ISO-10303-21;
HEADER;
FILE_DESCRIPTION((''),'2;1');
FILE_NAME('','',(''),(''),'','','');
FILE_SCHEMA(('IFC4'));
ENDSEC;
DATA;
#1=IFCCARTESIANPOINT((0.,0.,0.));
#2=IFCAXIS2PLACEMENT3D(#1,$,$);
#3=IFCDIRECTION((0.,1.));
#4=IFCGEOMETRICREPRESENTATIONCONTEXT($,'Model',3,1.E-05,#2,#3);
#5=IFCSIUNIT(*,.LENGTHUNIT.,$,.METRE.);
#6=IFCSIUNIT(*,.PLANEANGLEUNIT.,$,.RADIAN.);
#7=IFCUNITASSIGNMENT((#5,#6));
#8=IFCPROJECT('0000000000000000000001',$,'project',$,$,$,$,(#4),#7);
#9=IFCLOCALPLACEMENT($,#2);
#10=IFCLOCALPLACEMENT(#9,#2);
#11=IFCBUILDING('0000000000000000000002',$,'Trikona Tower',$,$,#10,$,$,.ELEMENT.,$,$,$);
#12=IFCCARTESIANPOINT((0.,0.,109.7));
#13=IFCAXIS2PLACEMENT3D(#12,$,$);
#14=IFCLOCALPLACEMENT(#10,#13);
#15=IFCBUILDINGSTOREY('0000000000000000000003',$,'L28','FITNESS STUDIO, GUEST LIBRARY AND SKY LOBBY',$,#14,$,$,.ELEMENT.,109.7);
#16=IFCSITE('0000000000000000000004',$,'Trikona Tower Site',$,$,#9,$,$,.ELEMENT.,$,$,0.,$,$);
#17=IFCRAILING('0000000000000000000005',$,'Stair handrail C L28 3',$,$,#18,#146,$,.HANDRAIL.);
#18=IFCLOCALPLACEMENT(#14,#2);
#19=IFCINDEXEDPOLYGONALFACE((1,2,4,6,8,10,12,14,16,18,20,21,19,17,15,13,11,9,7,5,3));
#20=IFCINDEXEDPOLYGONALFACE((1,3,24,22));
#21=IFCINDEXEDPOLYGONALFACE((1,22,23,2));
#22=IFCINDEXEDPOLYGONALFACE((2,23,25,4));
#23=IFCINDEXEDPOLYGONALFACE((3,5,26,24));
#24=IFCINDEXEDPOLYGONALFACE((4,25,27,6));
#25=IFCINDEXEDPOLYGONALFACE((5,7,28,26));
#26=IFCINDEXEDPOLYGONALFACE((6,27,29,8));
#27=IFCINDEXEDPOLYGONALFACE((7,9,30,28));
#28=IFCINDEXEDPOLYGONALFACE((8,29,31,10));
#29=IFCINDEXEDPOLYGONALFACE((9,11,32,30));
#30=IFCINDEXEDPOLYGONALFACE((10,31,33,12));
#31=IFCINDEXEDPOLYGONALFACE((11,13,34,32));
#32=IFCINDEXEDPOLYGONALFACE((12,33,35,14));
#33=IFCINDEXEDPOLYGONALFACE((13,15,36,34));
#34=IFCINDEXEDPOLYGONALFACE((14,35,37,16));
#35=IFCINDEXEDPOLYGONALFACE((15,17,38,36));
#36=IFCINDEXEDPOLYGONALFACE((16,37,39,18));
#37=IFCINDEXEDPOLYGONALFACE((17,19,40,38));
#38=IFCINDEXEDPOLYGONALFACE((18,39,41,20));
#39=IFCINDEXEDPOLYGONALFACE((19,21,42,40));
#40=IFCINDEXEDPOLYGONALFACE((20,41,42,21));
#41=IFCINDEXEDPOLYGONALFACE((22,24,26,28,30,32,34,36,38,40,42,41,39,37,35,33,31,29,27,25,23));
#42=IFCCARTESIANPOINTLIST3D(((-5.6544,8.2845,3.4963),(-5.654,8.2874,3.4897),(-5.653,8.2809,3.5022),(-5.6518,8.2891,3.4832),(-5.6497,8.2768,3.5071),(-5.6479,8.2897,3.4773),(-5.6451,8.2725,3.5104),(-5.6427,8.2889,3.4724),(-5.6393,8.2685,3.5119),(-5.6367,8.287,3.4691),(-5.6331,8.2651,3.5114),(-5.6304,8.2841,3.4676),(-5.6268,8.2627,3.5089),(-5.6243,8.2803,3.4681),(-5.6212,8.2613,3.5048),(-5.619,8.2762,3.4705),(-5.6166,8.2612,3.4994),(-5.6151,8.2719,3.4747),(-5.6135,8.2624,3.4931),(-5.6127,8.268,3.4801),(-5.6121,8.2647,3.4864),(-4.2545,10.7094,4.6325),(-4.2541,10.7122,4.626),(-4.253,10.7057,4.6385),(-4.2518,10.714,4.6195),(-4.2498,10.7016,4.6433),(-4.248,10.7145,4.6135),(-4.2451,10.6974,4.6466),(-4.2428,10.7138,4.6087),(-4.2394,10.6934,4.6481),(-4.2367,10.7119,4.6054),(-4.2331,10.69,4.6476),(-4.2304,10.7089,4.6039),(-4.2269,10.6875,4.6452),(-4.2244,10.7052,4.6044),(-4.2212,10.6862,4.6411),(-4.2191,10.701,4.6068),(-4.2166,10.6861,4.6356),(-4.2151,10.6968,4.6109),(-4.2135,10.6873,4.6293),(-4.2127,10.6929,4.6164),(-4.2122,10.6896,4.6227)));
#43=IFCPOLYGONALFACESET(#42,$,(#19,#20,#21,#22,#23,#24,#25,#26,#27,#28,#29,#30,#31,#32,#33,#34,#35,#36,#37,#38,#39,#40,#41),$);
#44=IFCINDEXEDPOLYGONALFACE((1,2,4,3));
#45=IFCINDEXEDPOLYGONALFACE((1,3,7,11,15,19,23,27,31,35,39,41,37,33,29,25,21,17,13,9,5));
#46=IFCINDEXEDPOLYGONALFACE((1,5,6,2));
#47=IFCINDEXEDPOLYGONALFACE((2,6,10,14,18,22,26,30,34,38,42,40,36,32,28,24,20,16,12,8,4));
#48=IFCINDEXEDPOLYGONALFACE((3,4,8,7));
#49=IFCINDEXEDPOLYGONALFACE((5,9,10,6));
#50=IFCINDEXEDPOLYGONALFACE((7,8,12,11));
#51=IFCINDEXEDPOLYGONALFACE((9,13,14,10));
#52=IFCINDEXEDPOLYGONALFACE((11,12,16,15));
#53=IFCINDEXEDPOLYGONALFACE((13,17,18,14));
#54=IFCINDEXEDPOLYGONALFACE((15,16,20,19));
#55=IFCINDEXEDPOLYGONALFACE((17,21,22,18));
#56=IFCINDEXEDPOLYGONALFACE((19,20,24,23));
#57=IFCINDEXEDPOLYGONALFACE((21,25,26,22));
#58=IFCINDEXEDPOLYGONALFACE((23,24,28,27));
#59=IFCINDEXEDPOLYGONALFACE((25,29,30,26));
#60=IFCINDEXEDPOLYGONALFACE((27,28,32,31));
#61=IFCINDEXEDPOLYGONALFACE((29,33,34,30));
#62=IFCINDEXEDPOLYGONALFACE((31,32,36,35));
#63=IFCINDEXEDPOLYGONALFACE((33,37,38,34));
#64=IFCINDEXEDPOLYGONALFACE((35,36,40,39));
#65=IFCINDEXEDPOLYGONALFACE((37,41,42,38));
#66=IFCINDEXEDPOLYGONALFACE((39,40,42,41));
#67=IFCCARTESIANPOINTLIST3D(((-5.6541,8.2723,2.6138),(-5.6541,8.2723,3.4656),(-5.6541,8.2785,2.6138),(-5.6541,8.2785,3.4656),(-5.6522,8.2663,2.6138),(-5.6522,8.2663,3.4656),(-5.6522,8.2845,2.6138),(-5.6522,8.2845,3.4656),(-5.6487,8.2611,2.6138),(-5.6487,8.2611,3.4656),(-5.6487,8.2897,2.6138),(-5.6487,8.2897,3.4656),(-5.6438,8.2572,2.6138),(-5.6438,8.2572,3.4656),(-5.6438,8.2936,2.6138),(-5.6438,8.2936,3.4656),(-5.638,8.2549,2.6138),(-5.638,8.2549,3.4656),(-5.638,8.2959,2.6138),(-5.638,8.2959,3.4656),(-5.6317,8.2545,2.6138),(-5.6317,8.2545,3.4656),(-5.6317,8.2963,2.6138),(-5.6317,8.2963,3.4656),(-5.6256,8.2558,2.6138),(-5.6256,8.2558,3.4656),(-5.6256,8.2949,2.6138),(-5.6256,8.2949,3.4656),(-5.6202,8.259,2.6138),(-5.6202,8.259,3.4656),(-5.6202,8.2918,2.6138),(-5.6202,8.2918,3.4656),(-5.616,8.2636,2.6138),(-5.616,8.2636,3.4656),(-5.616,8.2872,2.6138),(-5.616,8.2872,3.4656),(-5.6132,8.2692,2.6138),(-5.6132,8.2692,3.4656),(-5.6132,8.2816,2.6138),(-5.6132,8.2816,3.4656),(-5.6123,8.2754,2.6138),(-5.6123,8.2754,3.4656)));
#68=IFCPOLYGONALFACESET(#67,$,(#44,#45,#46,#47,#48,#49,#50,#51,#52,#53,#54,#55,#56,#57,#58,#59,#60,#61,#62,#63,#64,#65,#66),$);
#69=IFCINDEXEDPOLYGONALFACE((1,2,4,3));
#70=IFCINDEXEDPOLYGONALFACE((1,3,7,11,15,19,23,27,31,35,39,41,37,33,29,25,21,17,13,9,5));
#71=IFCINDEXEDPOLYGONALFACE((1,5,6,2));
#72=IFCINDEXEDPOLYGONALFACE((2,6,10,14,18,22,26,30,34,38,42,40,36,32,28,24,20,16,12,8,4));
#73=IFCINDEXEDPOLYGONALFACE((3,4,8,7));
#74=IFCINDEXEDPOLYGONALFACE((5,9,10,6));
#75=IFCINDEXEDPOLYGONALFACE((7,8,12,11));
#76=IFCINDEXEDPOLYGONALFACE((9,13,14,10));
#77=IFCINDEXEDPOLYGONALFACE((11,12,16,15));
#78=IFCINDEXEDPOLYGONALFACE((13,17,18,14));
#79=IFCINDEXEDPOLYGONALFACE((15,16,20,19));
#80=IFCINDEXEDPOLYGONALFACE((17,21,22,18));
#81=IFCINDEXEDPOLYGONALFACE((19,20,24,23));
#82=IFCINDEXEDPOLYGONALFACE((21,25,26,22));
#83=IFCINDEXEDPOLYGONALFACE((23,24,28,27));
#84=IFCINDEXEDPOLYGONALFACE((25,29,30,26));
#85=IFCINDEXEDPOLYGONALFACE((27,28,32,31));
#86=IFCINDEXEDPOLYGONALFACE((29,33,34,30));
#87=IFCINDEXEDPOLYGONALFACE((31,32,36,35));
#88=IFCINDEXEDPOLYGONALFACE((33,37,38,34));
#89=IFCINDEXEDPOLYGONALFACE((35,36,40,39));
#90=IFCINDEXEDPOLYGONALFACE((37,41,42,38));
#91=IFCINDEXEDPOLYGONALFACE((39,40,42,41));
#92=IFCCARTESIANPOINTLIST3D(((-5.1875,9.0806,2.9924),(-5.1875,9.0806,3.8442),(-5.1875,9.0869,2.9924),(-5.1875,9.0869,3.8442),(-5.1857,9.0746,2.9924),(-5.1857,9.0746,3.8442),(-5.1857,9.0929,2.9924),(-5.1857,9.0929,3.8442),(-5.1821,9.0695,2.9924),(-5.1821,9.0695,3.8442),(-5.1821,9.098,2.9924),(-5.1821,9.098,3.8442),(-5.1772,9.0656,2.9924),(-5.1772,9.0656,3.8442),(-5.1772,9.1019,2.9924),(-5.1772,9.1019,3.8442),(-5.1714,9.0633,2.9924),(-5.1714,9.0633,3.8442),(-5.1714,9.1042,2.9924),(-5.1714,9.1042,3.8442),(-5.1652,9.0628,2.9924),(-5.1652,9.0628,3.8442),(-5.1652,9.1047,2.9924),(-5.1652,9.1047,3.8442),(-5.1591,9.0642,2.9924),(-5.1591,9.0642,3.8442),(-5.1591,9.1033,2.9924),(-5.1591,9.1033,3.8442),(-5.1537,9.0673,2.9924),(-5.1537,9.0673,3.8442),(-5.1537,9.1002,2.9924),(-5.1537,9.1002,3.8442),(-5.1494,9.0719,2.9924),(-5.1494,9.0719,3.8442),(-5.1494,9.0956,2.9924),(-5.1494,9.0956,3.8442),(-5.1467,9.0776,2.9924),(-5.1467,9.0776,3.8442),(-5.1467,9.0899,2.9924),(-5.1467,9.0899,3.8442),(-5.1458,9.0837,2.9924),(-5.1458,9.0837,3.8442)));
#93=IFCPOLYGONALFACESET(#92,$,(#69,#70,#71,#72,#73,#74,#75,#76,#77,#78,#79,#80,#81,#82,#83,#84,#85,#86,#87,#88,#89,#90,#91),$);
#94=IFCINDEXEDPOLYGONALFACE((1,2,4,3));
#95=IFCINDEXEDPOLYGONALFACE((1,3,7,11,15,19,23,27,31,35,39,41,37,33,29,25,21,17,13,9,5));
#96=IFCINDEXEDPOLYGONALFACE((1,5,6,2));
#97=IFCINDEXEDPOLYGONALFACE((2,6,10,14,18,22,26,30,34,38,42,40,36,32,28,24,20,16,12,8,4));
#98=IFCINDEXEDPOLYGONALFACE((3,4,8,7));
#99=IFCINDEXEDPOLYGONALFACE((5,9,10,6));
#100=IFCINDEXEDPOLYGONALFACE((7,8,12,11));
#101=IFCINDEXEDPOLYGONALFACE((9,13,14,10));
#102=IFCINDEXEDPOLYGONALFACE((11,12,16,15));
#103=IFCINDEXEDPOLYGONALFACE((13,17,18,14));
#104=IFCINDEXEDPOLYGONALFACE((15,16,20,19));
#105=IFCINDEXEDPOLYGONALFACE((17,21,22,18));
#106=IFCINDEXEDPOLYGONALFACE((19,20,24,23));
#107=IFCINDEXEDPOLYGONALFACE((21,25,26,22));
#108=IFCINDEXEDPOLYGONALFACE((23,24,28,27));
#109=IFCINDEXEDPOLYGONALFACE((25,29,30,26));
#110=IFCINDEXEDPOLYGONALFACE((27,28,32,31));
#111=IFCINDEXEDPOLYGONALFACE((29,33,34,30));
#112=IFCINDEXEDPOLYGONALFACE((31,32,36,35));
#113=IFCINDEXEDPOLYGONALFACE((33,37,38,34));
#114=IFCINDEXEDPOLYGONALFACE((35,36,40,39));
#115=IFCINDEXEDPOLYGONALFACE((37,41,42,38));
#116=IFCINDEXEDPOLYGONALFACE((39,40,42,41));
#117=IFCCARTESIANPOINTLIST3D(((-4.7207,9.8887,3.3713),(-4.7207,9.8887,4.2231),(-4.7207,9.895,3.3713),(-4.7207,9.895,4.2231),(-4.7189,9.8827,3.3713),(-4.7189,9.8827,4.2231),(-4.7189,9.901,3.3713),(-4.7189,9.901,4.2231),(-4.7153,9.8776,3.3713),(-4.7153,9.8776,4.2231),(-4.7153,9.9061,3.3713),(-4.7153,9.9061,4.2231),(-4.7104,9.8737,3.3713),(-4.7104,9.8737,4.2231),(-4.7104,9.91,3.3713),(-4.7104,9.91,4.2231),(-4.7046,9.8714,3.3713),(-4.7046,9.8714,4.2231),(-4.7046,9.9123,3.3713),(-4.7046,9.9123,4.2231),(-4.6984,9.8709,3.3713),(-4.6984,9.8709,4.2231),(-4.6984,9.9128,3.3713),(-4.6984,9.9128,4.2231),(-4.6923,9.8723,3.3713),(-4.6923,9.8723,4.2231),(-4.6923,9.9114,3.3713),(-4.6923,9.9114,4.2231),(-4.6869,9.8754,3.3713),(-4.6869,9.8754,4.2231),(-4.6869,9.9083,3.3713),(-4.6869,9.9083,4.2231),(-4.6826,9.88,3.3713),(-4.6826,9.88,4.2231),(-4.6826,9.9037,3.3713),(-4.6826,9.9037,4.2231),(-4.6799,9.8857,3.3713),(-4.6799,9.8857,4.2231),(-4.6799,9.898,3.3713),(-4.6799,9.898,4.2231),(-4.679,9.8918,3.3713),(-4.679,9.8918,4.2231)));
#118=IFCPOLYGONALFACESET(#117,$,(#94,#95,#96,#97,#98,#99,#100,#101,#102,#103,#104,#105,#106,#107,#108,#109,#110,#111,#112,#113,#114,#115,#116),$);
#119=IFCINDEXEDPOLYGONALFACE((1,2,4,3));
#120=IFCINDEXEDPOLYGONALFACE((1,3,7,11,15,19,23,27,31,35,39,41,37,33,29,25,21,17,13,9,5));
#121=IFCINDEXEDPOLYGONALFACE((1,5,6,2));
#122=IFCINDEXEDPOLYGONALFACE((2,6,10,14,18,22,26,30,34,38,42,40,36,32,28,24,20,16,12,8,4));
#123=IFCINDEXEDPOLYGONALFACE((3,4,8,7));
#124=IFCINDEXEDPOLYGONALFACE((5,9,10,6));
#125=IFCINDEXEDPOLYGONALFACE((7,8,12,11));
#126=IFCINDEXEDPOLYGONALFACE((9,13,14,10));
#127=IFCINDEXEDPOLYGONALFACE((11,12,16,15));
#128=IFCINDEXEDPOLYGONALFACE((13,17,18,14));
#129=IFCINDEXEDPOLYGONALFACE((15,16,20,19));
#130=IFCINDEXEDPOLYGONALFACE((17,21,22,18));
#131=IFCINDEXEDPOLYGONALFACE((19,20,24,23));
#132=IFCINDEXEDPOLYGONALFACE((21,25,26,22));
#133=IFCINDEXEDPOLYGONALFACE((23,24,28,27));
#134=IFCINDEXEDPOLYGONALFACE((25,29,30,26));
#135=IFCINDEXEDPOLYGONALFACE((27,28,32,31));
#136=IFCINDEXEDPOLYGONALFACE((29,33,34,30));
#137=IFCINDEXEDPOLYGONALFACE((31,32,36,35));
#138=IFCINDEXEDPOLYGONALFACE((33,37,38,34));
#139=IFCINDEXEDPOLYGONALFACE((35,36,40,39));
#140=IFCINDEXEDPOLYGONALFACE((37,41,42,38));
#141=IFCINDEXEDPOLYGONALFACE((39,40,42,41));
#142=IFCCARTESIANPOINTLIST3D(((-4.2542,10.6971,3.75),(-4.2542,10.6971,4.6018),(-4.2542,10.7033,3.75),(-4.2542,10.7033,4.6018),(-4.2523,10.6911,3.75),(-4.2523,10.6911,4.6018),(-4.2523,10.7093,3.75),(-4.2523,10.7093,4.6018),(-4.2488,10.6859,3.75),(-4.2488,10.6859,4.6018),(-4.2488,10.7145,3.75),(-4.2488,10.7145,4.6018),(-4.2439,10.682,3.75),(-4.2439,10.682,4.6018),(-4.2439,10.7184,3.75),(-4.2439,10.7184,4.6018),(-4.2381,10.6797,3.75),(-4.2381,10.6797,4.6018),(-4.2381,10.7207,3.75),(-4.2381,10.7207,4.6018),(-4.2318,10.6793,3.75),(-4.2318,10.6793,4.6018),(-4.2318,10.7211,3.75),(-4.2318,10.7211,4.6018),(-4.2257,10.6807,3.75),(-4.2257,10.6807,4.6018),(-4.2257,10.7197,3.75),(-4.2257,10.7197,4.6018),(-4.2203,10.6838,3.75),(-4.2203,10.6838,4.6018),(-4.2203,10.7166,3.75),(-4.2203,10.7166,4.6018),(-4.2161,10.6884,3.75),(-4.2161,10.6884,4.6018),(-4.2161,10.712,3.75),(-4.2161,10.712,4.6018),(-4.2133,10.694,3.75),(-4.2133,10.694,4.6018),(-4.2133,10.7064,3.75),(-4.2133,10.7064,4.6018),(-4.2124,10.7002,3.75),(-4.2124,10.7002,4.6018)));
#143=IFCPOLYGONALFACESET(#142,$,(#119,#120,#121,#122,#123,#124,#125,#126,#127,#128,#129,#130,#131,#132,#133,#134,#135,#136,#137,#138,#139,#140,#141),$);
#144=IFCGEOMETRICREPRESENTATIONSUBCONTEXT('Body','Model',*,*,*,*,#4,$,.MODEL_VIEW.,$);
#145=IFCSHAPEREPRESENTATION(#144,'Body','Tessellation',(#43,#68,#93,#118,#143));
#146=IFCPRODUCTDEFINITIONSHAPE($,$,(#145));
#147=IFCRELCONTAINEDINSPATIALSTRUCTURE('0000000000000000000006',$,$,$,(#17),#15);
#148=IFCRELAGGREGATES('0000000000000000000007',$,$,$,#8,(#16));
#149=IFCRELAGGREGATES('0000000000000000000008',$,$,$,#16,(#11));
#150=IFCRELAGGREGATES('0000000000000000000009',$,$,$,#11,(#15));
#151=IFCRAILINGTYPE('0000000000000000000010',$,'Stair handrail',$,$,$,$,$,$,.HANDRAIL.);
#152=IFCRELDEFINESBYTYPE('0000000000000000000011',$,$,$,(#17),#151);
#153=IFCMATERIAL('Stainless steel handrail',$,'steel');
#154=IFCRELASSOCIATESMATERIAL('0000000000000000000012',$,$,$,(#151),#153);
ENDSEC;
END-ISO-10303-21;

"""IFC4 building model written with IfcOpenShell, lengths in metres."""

from ifc_helpers import new_model, si_unit, direction, frame, origin, origin_2d, place, context, subcontext, project, spatial, circle, extrude, material, type_object, element, save


model = new_model("IFC4")

# Units and contexts
model_context = context("Model", 3, precision=1e-05, world=origin(), true_north=direction((0.0, 1.0)))
body_context = subcontext(model_context, "Body", "Model", "MODEL_VIEW")
ifc_project = project(units=[si_unit("LENGTHUNIT", "METRE"), si_unit("PLANEANGLEUNIT", "RADIAN")], contexts=[model_context])

# Site, building, storey
site_placement = place(None, origin())
site = spatial("IfcSite", under=ifc_project, at=site_placement, Name="Trikona Tower Site", CompositionType="ELEMENT", RefElevation=0.0)
building_placement = place(site_placement, origin())
building = spatial("IfcBuilding", under=site, at=building_placement, Name="Trikona Tower", CompositionType="ELEMENT")
storey_placement = place(building_placement, frame((0.0, 0.0, 109.7)))
storey = spatial("IfcBuildingStorey", under=building, at=storey_placement, Name="L28", Description="FITNESS STUDIO, GUEST LIBRARY AND SKY LOBBY", CompositionType="ELEMENT", Elevation=109.7)

# Railing
ifc_material_1 = material(Name="Stainless steel handrail", Category="steel")
railing_type = type_object("IfcRailingType", Name="Stair handrail", PredefinedType="HANDRAIL", material=ifc_material_1)
railing_1_placement = place(storey_placement, frame((-5.6333, 8.2754, 2.6138)))
element("IfcRailing", 1, at=railing_1_placement, inside=storey, type_object=railing_type, Name="Stair handrail C L28 3", PredefinedType="HANDRAIL", context=body_context, shape_type="SweptSolid", body=[
    extrude(circle(Radius=0.0239, at=origin_2d()), frame((0.0, 0.0, 0.876), z_axis=(0.463289, 0.802475, 0.376029), x_axis=(-0.866035, 0.499984, 0.0)), (0.0, 0.0, 1.0), 3.0217),
    extrude(circle(Radius=0.021, at=origin_2d()), origin(), (0.0, 0.0, 1.0), 0.8518),
    extrude(circle(Radius=0.021, at=origin_2d()), frame((0.4666, 0.8083, 0.3787)), (0.0, 0.0, 1.0), 0.8518),
    extrude(circle(Radius=0.021, at=origin_2d()), frame((0.9333, 1.6165, 0.7576)), (0.0, 0.0, 1.0), 0.8518),
    extrude(circle(Radius=0.021, at=origin_2d()), frame((1.3999, 2.4248, 1.1362)), (0.0, 0.0, 1.0), 0.8518),
])

save(model, "model.ifc")
